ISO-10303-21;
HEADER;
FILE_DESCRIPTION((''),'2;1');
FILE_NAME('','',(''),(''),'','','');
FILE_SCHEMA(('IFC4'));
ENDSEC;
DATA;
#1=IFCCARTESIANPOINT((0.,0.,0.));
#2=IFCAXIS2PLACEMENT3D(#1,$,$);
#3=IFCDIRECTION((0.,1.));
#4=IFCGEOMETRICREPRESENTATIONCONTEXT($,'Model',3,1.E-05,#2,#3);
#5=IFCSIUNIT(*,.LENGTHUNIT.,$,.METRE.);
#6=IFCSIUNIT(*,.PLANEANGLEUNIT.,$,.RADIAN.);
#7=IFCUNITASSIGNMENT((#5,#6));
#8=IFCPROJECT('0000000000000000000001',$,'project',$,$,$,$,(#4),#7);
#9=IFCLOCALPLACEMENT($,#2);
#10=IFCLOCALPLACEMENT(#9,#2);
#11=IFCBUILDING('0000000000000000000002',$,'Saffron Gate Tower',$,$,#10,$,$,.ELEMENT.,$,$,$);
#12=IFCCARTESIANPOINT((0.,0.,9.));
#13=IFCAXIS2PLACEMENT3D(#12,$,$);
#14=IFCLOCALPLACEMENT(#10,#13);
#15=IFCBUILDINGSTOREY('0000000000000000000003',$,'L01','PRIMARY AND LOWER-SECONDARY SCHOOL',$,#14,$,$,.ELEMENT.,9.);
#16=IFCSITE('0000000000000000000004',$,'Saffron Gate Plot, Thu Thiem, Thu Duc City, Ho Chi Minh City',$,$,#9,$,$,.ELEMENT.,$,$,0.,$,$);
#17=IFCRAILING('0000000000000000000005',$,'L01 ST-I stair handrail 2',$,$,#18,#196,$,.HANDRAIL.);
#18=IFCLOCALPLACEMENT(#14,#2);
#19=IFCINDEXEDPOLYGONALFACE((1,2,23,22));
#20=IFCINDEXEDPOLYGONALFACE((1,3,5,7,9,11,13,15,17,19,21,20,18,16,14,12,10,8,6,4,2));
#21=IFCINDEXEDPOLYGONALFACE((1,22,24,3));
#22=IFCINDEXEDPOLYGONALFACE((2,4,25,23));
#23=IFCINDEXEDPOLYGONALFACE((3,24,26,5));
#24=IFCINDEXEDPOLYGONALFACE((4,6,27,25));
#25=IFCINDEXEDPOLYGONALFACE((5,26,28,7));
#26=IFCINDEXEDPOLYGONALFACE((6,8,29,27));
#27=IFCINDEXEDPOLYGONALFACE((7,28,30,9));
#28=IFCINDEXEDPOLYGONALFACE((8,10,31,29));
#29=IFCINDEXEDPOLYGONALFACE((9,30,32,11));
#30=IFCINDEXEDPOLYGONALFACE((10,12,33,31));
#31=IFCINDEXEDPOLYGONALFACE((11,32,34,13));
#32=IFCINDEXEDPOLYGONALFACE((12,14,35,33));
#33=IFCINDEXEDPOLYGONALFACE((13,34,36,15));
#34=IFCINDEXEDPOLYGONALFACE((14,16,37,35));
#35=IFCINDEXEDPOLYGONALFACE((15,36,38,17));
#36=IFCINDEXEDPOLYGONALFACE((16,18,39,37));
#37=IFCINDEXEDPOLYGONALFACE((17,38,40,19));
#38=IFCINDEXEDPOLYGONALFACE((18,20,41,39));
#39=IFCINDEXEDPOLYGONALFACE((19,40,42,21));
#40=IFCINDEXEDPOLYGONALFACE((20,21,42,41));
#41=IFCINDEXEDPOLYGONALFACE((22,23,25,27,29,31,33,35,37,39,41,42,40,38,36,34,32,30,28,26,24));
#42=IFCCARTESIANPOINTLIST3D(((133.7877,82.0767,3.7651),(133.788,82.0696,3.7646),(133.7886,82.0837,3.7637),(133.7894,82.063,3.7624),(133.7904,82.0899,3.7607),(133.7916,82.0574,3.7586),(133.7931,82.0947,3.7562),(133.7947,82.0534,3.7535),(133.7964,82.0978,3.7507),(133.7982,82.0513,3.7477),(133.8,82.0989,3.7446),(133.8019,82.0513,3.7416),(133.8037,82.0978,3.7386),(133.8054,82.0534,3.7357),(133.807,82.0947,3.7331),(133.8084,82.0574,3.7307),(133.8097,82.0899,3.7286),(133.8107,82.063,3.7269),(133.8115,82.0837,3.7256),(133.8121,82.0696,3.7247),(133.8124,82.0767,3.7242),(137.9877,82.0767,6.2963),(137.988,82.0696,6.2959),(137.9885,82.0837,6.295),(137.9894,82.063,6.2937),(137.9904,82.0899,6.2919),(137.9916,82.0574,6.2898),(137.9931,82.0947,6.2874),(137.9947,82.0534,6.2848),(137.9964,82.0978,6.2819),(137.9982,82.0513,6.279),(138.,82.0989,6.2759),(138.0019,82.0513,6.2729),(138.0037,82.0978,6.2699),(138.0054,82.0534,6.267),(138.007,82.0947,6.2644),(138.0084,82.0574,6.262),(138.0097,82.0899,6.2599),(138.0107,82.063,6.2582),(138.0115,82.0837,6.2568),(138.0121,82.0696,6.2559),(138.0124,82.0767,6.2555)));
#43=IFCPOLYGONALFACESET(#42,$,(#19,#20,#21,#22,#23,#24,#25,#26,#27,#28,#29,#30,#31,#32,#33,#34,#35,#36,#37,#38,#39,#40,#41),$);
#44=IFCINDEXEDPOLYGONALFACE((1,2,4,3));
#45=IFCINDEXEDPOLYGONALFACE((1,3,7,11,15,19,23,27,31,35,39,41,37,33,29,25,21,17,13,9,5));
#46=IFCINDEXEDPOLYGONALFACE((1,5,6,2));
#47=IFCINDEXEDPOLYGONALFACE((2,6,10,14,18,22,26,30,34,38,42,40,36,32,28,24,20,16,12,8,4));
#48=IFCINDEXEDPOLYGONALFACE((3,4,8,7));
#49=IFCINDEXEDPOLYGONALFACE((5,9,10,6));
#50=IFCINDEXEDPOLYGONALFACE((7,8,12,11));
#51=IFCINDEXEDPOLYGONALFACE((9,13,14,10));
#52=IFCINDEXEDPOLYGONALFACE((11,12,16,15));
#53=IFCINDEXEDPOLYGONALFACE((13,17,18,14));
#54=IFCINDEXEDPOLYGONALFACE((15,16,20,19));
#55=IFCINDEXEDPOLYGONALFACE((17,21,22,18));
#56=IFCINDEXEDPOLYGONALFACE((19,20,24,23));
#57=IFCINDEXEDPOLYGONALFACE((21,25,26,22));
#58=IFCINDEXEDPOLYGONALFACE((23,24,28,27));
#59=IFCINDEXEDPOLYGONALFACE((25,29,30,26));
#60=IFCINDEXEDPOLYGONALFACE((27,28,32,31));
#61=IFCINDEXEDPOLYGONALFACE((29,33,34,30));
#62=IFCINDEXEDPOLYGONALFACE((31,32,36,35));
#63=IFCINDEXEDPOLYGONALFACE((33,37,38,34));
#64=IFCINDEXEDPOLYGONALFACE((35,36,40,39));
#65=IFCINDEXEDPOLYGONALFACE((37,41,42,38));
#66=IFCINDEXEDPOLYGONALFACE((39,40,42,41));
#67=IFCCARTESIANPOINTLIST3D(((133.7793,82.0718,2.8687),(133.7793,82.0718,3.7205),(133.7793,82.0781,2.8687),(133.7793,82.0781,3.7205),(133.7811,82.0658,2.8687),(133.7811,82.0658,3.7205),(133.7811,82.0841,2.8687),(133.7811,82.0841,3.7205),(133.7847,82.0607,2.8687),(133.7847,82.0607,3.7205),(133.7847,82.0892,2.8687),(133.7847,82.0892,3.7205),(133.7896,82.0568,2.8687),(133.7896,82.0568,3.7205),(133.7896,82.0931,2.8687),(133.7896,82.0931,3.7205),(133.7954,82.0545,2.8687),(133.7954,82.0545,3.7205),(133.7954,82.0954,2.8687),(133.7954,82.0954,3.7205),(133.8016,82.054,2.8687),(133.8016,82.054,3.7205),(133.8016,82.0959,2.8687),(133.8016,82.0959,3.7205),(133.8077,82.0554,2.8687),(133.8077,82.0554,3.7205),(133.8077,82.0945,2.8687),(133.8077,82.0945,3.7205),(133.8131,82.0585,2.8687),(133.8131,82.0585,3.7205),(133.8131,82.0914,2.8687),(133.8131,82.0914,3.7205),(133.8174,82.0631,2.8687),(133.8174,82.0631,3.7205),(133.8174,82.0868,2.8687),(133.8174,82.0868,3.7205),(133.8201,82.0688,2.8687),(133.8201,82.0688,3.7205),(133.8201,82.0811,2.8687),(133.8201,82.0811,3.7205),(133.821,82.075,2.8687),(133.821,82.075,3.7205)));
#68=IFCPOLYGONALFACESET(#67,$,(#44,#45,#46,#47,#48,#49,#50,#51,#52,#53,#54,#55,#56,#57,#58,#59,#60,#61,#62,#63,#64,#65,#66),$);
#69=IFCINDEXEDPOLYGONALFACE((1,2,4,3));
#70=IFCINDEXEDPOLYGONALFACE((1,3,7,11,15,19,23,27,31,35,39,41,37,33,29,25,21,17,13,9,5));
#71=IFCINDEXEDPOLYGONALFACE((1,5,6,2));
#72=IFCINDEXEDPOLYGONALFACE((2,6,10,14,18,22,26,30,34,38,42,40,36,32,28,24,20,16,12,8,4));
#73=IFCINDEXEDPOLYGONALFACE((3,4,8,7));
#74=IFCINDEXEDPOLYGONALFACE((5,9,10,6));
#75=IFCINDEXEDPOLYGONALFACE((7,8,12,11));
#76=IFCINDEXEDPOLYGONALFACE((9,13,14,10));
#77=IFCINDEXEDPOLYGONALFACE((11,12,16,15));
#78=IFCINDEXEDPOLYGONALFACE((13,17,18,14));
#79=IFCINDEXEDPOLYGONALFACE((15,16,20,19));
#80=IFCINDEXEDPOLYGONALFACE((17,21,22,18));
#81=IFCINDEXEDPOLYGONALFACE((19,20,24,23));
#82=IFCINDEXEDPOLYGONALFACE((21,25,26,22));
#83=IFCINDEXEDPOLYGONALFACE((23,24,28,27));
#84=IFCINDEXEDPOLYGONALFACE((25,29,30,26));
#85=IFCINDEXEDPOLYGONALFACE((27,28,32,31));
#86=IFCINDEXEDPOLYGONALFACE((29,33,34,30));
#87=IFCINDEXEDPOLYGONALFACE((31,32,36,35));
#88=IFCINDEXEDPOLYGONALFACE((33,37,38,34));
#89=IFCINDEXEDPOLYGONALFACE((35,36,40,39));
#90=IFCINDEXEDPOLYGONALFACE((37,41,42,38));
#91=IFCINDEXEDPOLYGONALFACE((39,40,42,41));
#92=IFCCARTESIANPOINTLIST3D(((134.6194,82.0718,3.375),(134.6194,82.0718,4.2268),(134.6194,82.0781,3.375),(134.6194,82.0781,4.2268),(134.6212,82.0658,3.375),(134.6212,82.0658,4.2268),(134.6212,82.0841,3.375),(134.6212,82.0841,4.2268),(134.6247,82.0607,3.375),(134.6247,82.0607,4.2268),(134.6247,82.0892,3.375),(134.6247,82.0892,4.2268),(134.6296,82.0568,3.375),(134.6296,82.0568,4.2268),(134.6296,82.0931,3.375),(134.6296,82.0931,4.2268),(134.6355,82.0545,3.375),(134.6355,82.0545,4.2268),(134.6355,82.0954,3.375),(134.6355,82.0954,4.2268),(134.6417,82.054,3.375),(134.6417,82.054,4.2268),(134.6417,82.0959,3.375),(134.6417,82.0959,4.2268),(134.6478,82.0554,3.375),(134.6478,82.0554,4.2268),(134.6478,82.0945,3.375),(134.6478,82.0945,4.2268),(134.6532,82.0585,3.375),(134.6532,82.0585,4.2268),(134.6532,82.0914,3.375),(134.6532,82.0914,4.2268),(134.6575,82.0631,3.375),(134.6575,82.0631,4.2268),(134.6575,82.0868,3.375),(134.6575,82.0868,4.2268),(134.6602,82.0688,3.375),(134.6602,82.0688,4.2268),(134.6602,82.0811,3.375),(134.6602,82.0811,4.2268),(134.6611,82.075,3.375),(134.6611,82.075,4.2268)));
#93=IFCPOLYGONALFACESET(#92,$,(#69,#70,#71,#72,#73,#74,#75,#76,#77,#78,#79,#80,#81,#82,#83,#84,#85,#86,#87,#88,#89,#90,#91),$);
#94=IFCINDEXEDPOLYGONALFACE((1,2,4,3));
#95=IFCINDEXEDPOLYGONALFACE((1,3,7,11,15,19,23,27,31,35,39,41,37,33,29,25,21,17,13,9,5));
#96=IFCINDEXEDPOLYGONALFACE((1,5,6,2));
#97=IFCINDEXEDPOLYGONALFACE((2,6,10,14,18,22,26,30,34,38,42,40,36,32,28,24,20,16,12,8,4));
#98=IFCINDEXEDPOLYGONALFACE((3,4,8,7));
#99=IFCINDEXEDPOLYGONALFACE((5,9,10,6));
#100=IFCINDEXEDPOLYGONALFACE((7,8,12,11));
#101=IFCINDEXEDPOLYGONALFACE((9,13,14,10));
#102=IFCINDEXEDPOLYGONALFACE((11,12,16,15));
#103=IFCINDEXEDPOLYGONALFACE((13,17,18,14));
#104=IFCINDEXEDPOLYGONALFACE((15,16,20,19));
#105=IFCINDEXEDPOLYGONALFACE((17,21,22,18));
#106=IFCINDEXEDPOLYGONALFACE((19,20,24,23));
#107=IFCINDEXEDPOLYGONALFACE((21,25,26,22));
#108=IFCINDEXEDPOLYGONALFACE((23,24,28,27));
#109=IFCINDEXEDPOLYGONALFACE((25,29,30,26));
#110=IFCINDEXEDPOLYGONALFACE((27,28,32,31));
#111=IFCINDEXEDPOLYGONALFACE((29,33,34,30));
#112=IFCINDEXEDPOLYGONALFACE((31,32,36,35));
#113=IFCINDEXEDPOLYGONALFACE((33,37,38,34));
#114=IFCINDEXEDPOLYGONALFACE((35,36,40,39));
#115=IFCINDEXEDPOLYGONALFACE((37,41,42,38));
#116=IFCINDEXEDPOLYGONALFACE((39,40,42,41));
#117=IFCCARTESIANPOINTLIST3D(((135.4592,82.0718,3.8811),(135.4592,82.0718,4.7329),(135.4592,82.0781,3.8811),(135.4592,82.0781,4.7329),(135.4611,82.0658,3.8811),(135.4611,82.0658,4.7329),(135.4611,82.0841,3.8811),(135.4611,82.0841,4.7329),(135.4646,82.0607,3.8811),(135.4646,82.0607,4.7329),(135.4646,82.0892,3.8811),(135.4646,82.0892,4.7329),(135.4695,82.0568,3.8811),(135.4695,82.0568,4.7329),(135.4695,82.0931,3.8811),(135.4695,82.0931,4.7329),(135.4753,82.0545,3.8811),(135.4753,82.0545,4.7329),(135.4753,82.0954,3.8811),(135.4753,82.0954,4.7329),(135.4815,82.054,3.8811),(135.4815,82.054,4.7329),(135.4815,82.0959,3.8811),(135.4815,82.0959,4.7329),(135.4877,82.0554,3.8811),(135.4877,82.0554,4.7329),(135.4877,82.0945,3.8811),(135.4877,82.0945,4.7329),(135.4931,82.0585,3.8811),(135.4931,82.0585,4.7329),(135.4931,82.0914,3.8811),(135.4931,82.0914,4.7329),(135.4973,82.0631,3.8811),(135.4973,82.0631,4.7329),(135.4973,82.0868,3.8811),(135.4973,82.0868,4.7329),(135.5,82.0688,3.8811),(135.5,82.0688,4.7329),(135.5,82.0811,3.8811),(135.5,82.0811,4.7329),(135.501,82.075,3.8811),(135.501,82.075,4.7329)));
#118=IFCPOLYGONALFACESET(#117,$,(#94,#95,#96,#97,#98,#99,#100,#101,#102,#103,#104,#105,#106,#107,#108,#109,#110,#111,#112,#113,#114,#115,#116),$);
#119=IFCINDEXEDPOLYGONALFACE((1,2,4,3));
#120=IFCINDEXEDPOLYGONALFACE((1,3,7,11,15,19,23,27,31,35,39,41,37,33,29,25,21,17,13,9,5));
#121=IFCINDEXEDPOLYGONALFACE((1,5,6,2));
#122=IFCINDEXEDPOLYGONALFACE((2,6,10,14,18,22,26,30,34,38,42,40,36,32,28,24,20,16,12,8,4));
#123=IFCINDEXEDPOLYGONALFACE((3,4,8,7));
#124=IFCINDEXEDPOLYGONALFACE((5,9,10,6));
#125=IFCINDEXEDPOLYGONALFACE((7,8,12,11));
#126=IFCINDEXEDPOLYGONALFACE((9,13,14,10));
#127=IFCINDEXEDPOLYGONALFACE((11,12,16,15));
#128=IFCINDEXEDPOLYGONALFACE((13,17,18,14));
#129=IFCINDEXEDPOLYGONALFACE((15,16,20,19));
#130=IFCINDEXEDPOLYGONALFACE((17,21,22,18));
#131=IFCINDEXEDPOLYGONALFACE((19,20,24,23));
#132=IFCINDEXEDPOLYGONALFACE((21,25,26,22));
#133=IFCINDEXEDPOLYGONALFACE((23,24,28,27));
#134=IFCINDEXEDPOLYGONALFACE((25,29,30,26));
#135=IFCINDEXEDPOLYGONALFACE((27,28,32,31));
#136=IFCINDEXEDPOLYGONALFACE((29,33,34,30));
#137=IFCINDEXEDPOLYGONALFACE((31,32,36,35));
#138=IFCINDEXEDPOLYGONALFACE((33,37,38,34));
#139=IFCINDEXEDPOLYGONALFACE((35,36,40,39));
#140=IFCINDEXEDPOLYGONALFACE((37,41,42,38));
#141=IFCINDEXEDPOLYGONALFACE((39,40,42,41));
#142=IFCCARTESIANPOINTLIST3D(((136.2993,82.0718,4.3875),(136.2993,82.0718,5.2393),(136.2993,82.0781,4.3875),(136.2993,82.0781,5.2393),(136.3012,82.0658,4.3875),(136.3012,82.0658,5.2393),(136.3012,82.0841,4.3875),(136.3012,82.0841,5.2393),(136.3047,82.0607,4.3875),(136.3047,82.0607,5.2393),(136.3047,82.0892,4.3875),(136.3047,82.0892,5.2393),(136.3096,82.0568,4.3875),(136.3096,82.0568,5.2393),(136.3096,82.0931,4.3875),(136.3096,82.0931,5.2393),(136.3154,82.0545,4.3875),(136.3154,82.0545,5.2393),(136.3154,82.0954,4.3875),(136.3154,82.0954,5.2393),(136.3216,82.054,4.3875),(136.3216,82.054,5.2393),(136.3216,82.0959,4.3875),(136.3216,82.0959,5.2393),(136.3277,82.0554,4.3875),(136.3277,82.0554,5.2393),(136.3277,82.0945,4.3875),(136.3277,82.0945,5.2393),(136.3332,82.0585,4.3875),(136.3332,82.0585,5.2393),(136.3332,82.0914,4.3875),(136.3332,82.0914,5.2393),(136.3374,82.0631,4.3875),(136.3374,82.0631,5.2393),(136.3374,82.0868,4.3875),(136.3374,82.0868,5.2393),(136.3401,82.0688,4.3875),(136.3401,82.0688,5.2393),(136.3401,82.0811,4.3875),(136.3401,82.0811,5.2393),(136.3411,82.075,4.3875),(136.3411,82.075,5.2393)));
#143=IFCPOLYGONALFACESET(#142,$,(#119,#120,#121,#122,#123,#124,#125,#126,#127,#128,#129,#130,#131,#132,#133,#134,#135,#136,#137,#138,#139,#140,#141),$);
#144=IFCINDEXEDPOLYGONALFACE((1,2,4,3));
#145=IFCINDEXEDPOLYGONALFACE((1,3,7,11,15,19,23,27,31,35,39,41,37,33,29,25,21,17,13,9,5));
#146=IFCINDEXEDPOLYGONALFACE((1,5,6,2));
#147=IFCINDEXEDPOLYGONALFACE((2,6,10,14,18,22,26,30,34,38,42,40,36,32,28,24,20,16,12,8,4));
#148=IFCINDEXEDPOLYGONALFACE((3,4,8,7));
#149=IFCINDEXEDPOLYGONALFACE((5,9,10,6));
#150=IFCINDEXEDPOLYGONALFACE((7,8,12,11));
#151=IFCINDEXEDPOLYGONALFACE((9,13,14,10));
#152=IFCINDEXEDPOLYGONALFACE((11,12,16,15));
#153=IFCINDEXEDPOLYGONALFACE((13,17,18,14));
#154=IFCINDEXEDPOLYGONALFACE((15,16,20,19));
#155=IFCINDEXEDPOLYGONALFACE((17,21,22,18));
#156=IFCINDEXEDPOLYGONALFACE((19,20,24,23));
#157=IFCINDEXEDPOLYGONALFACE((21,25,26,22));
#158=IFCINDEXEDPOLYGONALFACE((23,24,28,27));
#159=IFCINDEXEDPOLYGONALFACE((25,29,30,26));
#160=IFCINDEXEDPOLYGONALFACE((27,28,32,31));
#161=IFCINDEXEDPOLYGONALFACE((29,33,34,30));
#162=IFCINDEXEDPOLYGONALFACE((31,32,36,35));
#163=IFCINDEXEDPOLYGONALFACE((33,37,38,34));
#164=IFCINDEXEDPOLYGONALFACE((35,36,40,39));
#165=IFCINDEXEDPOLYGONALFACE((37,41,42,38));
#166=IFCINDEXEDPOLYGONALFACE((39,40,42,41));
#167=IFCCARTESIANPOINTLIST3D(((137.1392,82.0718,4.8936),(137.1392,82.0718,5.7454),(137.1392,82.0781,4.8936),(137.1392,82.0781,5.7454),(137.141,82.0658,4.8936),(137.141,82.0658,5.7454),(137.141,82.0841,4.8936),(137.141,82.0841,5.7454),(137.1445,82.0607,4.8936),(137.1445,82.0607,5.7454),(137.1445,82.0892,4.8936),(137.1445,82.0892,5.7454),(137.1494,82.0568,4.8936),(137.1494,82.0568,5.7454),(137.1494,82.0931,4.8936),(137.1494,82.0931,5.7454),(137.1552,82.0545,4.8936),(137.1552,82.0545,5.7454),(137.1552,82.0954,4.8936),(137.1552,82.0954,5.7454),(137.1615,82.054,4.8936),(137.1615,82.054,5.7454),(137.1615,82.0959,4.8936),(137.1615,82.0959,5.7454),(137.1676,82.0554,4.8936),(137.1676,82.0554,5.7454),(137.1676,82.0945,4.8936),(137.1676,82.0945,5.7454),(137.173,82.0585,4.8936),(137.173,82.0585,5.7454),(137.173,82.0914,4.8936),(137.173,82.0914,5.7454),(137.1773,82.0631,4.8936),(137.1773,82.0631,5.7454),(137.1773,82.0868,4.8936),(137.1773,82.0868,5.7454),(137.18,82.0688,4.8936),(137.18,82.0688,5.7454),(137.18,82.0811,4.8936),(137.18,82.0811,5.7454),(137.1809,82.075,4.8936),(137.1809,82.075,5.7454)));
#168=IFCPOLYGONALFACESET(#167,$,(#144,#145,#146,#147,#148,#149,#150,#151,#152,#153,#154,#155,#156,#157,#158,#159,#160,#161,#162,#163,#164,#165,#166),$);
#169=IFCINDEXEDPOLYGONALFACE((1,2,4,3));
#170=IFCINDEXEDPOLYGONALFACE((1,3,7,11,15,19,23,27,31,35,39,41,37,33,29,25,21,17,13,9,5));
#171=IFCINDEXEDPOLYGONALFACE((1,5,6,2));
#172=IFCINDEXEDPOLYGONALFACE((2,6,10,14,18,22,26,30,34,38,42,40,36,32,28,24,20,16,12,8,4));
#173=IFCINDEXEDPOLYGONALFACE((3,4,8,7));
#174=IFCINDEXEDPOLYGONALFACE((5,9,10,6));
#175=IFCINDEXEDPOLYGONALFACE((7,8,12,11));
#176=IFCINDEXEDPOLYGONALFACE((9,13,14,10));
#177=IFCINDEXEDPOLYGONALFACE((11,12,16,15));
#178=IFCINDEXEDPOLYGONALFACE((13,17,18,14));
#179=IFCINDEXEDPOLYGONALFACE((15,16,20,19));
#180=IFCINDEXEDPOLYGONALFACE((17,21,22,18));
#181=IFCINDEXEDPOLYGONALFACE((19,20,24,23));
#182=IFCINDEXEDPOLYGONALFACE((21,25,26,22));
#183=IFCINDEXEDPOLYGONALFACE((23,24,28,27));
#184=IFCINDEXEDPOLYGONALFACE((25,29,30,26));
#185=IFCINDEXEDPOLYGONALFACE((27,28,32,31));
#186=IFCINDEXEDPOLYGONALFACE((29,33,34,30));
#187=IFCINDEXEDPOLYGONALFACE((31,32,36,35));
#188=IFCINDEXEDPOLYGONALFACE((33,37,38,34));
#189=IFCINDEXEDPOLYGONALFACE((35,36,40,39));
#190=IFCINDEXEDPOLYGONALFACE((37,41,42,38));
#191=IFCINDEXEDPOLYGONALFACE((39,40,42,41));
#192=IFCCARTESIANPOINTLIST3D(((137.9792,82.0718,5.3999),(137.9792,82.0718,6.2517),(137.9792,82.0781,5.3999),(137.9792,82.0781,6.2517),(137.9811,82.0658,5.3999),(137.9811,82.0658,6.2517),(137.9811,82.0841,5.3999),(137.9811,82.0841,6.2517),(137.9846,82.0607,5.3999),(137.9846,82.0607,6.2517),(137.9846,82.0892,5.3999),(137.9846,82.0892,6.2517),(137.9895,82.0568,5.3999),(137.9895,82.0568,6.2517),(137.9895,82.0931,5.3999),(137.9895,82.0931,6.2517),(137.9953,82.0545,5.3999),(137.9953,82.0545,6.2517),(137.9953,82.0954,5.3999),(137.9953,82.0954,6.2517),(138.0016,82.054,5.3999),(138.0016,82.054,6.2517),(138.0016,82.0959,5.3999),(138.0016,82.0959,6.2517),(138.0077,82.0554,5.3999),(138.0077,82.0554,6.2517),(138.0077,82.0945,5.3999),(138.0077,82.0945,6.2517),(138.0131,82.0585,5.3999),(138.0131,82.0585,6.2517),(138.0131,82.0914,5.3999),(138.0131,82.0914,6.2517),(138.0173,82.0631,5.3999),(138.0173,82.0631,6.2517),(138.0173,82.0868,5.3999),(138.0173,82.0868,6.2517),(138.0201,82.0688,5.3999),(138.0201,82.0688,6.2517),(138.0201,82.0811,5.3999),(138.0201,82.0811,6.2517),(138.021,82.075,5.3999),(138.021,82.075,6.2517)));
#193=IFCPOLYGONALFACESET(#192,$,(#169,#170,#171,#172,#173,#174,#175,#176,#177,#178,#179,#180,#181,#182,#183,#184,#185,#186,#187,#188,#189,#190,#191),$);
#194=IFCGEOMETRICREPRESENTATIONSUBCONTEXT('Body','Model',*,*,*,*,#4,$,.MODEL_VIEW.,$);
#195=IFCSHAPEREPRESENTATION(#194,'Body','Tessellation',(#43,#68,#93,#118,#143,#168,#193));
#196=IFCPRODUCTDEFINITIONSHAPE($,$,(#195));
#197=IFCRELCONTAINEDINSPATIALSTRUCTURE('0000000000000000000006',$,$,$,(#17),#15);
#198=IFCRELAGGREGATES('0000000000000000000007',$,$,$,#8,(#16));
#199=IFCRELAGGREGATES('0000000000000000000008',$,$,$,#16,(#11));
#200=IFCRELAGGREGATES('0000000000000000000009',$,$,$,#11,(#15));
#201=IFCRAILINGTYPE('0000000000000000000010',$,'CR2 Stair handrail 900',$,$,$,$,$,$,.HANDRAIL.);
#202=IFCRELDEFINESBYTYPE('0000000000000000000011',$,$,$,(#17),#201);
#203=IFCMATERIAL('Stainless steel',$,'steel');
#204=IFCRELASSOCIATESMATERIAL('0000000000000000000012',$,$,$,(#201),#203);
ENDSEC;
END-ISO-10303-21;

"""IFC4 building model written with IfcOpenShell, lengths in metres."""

from ifc_helpers import new_model, si_unit, direction, frame, origin, origin_2d, place, context, subcontext, project, spatial, circle, extrude, material, type_object, element, save


model = new_model("IFC4")

# Units and contexts
model_context = context("Model", 3, precision=1e-05, world=origin(), true_north=direction((0.0, 1.0)))
body_context = subcontext(model_context, "Body", "Model", "MODEL_VIEW")
ifc_project = project(units=[si_unit("LENGTHUNIT", "METRE"), si_unit("PLANEANGLEUNIT", "RADIAN")], contexts=[model_context])

# Site, building, storey
site_placement = place(None, origin())
site = spatial("IfcSite", under=ifc_project, at=site_placement, Name="Saffron Gate Plot, Thu Thiem, Thu Duc City, Ho Chi Minh City", CompositionType="ELEMENT", RefElevation=0.0)
building_placement = place(site_placement, origin())
building = spatial("IfcBuilding", under=site, at=building_placement, Name="Saffron Gate Tower", CompositionType="ELEMENT")
storey_placement = place(building_placement, frame((0.0, 0.0, 9.0)))
storey = spatial("IfcBuildingStorey", under=building, at=storey_placement, Name="L01", Description="PRIMARY AND LOWER-SECONDARY SCHOOL", CompositionType="ELEMENT", Elevation=9.0)

# Railing
ifc_material_1 = material(Name="Stainless steel", Category="steel")
railing_type_1 = type_object("IfcRailingType", Name="CR2 Stair handrail 900", PredefinedType="HANDRAIL", material=ifc_material_1)
railing_1_placement = place(storey_placement, frame((133.8, 82.075, 2.8687)))
element("IfcRailing", 1, at=railing_1_placement, inside=storey, type_object=railing_type_1, Name="L01 ST-I stair handrail 2", PredefinedType="HANDRAIL", context=body_context, shape_type="SweptSolid", body=[
    extrude(circle(Radius=0.0239, at=origin_2d()), frame((0.0, 0.0, 0.876), z_axis=(0.856476, 0.0, 0.516186), x_axis=(0.0, 1.0, 0.0)), (0.0, 0.0, 1.0), 4.9038),
    extrude(circle(Radius=0.021, at=origin_2d()), origin(), (0.0, 0.0, 1.0), 0.8518),
    extrude(circle(Radius=0.021, at=origin_2d()), frame((0.8401, 0.0, 0.5063)), (0.0, 0.0, 1.0), 0.8518),
    extrude(circle(Radius=0.021, at=origin_2d()), frame((1.6799, 0.0, 1.0125)), (0.0, 0.0, 1.0), 0.8518),
    extrude(circle(Radius=0.021, at=origin_2d()), frame((2.52, 0.0, 1.5188)), (0.0, 0.0, 1.0), 0.8518),
    extrude(circle(Radius=0.021, at=origin_2d()), frame((3.3599, 0.0, 2.0249)), (0.0, 0.0, 1.0), 0.8518),
    extrude(circle(Radius=0.021, at=origin_2d()), frame((4.2, 0.0, 2.5312)), (0.0, 0.0, 1.0), 0.8518),
])

save(model, "model.ifc")
